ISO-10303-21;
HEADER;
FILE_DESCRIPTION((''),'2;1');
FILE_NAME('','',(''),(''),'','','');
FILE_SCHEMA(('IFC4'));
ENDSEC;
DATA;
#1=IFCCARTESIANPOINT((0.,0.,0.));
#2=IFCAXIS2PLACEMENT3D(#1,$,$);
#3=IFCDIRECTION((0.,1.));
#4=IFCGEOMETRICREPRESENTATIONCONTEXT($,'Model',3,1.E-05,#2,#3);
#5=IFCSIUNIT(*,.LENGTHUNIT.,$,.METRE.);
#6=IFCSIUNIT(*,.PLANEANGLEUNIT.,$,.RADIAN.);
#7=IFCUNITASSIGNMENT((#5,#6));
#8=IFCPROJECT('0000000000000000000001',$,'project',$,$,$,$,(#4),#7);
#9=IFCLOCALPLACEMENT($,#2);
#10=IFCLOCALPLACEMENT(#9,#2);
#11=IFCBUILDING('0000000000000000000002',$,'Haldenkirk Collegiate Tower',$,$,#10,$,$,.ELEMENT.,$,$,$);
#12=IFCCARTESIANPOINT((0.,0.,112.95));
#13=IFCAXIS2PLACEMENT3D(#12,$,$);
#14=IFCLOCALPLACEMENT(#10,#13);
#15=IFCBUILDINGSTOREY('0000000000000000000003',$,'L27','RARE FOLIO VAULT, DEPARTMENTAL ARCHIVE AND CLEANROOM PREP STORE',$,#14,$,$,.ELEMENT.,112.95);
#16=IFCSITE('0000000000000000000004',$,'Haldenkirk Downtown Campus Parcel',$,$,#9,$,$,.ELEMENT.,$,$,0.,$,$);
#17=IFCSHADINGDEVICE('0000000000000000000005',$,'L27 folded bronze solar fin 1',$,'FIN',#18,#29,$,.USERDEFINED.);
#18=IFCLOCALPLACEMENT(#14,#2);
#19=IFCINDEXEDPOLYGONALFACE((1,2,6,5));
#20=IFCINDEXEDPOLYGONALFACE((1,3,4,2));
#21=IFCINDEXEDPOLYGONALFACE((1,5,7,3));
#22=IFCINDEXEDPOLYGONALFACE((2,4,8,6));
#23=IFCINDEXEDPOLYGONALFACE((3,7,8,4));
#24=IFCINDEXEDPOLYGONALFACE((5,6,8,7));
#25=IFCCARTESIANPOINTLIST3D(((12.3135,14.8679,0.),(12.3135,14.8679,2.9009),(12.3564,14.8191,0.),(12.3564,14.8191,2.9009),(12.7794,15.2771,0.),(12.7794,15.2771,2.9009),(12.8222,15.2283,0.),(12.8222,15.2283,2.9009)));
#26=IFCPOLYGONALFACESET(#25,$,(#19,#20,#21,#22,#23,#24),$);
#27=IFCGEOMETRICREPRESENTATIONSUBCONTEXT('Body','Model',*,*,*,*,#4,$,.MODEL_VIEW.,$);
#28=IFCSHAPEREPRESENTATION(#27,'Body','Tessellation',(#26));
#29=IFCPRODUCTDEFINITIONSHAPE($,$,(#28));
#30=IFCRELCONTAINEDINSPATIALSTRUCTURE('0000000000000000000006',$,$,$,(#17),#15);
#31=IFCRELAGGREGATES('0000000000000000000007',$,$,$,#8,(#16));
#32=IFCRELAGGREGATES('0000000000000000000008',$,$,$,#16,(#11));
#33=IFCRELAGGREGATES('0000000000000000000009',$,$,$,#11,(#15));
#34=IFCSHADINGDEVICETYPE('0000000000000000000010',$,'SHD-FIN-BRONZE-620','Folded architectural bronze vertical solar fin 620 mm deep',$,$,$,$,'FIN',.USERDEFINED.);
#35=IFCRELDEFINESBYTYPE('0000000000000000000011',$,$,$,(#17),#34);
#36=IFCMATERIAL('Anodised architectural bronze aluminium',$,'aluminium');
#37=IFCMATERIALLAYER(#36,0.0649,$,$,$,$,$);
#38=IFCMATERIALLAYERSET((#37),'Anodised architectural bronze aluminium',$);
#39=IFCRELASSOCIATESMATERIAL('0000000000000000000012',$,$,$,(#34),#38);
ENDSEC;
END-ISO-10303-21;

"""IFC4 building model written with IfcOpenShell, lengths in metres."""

from ifc_helpers import new_model, si_unit, direction, frame, origin, origin_2d, place, context, subcontext, project, spatial, rectangle, extrude, source, transform, mapped, material, layer, layer_set, type_object, element, save


model = new_model("IFC4")

# Units and contexts
model_context = context("Model", 3, precision=1e-05, world=origin(), true_north=direction((0.0, 1.0)))
body_context = subcontext(model_context, "Body", "Model", "MODEL_VIEW")
ifc_project = project(units=[si_unit("LENGTHUNIT", "METRE"), si_unit("PLANEANGLEUNIT", "RADIAN")], contexts=[model_context])

# Site, building, storey
site_placement = place(None, origin())
site = spatial("IfcSite", under=ifc_project, at=site_placement, Name="Haldenkirk Downtown Campus Parcel", CompositionType="ELEMENT", RefElevation=0.0)
building_placement = place(site_placement, origin())
building = spatial("IfcBuilding", under=site, at=building_placement, Name="Haldenkirk Collegiate Tower", CompositionType="ELEMENT")
storey_placement = place(building_placement, frame((0.0, 0.0, 112.95)))
storey = spatial("IfcBuildingStorey", under=building, at=storey_placement, Name="L27", Description="RARE FOLIO VAULT, DEPARTMENTAL ARCHIVE AND CLEANROOM PREP STORE", CompositionType="ELEMENT", Elevation=112.95)

# Shared definitions
ifc_material_1 = material(Name="Anodised architectural bronze aluminium", Category="aluminium")

# Shading device
ifc_layer_1 = layer(ifc_material_1, 0.0649)
ifc_layer_set_1 = layer_set([ifc_layer_1], Name="Anodised architectural bronze aluminium")
shading_device_type = type_object("IfcShadingDeviceType", Name="SHD-FIN-BRONZE-620", Description="Folded architectural bronze vertical solar fin 620 mm deep", ElementType="FIN", PredefinedType="USERDEFINED", material=ifc_layer_set_1)
shared_shape_1 = source(origin(), body_context, "Body", "SweptSolid", [
    extrude(rectangle(XDim=0.6201, YDim=0.0649, at=origin_2d()), origin(), (0.0, 0.0, 1.0), 2.9009),
])
shading_device_placement = place(storey_placement, frame((12.5679, 15.0481, 0.0), z_axis=(0.0, 0.0, 1.0), x_axis=(-0.751264, -0.660002, 0.0)))
element("IfcShadingDevice", 1, at=shading_device_placement, inside=storey, type_object=shading_device_type, Name="L27 folded bronze solar fin 1", ObjectType="FIN", PredefinedType="USERDEFINED", context=body_context, shape_type="MappedRepresentation", body=[
    mapped(shared_shape_1, transform((0.0, 0.0, 0.0), x_axis=(1.0, 0.0, 0.0), y_axis=(0.0, 1.0, 0.0), z_axis=(0.0, 0.0, 1.0), scale=1.0)),
])

save(model, "model.ifc")
